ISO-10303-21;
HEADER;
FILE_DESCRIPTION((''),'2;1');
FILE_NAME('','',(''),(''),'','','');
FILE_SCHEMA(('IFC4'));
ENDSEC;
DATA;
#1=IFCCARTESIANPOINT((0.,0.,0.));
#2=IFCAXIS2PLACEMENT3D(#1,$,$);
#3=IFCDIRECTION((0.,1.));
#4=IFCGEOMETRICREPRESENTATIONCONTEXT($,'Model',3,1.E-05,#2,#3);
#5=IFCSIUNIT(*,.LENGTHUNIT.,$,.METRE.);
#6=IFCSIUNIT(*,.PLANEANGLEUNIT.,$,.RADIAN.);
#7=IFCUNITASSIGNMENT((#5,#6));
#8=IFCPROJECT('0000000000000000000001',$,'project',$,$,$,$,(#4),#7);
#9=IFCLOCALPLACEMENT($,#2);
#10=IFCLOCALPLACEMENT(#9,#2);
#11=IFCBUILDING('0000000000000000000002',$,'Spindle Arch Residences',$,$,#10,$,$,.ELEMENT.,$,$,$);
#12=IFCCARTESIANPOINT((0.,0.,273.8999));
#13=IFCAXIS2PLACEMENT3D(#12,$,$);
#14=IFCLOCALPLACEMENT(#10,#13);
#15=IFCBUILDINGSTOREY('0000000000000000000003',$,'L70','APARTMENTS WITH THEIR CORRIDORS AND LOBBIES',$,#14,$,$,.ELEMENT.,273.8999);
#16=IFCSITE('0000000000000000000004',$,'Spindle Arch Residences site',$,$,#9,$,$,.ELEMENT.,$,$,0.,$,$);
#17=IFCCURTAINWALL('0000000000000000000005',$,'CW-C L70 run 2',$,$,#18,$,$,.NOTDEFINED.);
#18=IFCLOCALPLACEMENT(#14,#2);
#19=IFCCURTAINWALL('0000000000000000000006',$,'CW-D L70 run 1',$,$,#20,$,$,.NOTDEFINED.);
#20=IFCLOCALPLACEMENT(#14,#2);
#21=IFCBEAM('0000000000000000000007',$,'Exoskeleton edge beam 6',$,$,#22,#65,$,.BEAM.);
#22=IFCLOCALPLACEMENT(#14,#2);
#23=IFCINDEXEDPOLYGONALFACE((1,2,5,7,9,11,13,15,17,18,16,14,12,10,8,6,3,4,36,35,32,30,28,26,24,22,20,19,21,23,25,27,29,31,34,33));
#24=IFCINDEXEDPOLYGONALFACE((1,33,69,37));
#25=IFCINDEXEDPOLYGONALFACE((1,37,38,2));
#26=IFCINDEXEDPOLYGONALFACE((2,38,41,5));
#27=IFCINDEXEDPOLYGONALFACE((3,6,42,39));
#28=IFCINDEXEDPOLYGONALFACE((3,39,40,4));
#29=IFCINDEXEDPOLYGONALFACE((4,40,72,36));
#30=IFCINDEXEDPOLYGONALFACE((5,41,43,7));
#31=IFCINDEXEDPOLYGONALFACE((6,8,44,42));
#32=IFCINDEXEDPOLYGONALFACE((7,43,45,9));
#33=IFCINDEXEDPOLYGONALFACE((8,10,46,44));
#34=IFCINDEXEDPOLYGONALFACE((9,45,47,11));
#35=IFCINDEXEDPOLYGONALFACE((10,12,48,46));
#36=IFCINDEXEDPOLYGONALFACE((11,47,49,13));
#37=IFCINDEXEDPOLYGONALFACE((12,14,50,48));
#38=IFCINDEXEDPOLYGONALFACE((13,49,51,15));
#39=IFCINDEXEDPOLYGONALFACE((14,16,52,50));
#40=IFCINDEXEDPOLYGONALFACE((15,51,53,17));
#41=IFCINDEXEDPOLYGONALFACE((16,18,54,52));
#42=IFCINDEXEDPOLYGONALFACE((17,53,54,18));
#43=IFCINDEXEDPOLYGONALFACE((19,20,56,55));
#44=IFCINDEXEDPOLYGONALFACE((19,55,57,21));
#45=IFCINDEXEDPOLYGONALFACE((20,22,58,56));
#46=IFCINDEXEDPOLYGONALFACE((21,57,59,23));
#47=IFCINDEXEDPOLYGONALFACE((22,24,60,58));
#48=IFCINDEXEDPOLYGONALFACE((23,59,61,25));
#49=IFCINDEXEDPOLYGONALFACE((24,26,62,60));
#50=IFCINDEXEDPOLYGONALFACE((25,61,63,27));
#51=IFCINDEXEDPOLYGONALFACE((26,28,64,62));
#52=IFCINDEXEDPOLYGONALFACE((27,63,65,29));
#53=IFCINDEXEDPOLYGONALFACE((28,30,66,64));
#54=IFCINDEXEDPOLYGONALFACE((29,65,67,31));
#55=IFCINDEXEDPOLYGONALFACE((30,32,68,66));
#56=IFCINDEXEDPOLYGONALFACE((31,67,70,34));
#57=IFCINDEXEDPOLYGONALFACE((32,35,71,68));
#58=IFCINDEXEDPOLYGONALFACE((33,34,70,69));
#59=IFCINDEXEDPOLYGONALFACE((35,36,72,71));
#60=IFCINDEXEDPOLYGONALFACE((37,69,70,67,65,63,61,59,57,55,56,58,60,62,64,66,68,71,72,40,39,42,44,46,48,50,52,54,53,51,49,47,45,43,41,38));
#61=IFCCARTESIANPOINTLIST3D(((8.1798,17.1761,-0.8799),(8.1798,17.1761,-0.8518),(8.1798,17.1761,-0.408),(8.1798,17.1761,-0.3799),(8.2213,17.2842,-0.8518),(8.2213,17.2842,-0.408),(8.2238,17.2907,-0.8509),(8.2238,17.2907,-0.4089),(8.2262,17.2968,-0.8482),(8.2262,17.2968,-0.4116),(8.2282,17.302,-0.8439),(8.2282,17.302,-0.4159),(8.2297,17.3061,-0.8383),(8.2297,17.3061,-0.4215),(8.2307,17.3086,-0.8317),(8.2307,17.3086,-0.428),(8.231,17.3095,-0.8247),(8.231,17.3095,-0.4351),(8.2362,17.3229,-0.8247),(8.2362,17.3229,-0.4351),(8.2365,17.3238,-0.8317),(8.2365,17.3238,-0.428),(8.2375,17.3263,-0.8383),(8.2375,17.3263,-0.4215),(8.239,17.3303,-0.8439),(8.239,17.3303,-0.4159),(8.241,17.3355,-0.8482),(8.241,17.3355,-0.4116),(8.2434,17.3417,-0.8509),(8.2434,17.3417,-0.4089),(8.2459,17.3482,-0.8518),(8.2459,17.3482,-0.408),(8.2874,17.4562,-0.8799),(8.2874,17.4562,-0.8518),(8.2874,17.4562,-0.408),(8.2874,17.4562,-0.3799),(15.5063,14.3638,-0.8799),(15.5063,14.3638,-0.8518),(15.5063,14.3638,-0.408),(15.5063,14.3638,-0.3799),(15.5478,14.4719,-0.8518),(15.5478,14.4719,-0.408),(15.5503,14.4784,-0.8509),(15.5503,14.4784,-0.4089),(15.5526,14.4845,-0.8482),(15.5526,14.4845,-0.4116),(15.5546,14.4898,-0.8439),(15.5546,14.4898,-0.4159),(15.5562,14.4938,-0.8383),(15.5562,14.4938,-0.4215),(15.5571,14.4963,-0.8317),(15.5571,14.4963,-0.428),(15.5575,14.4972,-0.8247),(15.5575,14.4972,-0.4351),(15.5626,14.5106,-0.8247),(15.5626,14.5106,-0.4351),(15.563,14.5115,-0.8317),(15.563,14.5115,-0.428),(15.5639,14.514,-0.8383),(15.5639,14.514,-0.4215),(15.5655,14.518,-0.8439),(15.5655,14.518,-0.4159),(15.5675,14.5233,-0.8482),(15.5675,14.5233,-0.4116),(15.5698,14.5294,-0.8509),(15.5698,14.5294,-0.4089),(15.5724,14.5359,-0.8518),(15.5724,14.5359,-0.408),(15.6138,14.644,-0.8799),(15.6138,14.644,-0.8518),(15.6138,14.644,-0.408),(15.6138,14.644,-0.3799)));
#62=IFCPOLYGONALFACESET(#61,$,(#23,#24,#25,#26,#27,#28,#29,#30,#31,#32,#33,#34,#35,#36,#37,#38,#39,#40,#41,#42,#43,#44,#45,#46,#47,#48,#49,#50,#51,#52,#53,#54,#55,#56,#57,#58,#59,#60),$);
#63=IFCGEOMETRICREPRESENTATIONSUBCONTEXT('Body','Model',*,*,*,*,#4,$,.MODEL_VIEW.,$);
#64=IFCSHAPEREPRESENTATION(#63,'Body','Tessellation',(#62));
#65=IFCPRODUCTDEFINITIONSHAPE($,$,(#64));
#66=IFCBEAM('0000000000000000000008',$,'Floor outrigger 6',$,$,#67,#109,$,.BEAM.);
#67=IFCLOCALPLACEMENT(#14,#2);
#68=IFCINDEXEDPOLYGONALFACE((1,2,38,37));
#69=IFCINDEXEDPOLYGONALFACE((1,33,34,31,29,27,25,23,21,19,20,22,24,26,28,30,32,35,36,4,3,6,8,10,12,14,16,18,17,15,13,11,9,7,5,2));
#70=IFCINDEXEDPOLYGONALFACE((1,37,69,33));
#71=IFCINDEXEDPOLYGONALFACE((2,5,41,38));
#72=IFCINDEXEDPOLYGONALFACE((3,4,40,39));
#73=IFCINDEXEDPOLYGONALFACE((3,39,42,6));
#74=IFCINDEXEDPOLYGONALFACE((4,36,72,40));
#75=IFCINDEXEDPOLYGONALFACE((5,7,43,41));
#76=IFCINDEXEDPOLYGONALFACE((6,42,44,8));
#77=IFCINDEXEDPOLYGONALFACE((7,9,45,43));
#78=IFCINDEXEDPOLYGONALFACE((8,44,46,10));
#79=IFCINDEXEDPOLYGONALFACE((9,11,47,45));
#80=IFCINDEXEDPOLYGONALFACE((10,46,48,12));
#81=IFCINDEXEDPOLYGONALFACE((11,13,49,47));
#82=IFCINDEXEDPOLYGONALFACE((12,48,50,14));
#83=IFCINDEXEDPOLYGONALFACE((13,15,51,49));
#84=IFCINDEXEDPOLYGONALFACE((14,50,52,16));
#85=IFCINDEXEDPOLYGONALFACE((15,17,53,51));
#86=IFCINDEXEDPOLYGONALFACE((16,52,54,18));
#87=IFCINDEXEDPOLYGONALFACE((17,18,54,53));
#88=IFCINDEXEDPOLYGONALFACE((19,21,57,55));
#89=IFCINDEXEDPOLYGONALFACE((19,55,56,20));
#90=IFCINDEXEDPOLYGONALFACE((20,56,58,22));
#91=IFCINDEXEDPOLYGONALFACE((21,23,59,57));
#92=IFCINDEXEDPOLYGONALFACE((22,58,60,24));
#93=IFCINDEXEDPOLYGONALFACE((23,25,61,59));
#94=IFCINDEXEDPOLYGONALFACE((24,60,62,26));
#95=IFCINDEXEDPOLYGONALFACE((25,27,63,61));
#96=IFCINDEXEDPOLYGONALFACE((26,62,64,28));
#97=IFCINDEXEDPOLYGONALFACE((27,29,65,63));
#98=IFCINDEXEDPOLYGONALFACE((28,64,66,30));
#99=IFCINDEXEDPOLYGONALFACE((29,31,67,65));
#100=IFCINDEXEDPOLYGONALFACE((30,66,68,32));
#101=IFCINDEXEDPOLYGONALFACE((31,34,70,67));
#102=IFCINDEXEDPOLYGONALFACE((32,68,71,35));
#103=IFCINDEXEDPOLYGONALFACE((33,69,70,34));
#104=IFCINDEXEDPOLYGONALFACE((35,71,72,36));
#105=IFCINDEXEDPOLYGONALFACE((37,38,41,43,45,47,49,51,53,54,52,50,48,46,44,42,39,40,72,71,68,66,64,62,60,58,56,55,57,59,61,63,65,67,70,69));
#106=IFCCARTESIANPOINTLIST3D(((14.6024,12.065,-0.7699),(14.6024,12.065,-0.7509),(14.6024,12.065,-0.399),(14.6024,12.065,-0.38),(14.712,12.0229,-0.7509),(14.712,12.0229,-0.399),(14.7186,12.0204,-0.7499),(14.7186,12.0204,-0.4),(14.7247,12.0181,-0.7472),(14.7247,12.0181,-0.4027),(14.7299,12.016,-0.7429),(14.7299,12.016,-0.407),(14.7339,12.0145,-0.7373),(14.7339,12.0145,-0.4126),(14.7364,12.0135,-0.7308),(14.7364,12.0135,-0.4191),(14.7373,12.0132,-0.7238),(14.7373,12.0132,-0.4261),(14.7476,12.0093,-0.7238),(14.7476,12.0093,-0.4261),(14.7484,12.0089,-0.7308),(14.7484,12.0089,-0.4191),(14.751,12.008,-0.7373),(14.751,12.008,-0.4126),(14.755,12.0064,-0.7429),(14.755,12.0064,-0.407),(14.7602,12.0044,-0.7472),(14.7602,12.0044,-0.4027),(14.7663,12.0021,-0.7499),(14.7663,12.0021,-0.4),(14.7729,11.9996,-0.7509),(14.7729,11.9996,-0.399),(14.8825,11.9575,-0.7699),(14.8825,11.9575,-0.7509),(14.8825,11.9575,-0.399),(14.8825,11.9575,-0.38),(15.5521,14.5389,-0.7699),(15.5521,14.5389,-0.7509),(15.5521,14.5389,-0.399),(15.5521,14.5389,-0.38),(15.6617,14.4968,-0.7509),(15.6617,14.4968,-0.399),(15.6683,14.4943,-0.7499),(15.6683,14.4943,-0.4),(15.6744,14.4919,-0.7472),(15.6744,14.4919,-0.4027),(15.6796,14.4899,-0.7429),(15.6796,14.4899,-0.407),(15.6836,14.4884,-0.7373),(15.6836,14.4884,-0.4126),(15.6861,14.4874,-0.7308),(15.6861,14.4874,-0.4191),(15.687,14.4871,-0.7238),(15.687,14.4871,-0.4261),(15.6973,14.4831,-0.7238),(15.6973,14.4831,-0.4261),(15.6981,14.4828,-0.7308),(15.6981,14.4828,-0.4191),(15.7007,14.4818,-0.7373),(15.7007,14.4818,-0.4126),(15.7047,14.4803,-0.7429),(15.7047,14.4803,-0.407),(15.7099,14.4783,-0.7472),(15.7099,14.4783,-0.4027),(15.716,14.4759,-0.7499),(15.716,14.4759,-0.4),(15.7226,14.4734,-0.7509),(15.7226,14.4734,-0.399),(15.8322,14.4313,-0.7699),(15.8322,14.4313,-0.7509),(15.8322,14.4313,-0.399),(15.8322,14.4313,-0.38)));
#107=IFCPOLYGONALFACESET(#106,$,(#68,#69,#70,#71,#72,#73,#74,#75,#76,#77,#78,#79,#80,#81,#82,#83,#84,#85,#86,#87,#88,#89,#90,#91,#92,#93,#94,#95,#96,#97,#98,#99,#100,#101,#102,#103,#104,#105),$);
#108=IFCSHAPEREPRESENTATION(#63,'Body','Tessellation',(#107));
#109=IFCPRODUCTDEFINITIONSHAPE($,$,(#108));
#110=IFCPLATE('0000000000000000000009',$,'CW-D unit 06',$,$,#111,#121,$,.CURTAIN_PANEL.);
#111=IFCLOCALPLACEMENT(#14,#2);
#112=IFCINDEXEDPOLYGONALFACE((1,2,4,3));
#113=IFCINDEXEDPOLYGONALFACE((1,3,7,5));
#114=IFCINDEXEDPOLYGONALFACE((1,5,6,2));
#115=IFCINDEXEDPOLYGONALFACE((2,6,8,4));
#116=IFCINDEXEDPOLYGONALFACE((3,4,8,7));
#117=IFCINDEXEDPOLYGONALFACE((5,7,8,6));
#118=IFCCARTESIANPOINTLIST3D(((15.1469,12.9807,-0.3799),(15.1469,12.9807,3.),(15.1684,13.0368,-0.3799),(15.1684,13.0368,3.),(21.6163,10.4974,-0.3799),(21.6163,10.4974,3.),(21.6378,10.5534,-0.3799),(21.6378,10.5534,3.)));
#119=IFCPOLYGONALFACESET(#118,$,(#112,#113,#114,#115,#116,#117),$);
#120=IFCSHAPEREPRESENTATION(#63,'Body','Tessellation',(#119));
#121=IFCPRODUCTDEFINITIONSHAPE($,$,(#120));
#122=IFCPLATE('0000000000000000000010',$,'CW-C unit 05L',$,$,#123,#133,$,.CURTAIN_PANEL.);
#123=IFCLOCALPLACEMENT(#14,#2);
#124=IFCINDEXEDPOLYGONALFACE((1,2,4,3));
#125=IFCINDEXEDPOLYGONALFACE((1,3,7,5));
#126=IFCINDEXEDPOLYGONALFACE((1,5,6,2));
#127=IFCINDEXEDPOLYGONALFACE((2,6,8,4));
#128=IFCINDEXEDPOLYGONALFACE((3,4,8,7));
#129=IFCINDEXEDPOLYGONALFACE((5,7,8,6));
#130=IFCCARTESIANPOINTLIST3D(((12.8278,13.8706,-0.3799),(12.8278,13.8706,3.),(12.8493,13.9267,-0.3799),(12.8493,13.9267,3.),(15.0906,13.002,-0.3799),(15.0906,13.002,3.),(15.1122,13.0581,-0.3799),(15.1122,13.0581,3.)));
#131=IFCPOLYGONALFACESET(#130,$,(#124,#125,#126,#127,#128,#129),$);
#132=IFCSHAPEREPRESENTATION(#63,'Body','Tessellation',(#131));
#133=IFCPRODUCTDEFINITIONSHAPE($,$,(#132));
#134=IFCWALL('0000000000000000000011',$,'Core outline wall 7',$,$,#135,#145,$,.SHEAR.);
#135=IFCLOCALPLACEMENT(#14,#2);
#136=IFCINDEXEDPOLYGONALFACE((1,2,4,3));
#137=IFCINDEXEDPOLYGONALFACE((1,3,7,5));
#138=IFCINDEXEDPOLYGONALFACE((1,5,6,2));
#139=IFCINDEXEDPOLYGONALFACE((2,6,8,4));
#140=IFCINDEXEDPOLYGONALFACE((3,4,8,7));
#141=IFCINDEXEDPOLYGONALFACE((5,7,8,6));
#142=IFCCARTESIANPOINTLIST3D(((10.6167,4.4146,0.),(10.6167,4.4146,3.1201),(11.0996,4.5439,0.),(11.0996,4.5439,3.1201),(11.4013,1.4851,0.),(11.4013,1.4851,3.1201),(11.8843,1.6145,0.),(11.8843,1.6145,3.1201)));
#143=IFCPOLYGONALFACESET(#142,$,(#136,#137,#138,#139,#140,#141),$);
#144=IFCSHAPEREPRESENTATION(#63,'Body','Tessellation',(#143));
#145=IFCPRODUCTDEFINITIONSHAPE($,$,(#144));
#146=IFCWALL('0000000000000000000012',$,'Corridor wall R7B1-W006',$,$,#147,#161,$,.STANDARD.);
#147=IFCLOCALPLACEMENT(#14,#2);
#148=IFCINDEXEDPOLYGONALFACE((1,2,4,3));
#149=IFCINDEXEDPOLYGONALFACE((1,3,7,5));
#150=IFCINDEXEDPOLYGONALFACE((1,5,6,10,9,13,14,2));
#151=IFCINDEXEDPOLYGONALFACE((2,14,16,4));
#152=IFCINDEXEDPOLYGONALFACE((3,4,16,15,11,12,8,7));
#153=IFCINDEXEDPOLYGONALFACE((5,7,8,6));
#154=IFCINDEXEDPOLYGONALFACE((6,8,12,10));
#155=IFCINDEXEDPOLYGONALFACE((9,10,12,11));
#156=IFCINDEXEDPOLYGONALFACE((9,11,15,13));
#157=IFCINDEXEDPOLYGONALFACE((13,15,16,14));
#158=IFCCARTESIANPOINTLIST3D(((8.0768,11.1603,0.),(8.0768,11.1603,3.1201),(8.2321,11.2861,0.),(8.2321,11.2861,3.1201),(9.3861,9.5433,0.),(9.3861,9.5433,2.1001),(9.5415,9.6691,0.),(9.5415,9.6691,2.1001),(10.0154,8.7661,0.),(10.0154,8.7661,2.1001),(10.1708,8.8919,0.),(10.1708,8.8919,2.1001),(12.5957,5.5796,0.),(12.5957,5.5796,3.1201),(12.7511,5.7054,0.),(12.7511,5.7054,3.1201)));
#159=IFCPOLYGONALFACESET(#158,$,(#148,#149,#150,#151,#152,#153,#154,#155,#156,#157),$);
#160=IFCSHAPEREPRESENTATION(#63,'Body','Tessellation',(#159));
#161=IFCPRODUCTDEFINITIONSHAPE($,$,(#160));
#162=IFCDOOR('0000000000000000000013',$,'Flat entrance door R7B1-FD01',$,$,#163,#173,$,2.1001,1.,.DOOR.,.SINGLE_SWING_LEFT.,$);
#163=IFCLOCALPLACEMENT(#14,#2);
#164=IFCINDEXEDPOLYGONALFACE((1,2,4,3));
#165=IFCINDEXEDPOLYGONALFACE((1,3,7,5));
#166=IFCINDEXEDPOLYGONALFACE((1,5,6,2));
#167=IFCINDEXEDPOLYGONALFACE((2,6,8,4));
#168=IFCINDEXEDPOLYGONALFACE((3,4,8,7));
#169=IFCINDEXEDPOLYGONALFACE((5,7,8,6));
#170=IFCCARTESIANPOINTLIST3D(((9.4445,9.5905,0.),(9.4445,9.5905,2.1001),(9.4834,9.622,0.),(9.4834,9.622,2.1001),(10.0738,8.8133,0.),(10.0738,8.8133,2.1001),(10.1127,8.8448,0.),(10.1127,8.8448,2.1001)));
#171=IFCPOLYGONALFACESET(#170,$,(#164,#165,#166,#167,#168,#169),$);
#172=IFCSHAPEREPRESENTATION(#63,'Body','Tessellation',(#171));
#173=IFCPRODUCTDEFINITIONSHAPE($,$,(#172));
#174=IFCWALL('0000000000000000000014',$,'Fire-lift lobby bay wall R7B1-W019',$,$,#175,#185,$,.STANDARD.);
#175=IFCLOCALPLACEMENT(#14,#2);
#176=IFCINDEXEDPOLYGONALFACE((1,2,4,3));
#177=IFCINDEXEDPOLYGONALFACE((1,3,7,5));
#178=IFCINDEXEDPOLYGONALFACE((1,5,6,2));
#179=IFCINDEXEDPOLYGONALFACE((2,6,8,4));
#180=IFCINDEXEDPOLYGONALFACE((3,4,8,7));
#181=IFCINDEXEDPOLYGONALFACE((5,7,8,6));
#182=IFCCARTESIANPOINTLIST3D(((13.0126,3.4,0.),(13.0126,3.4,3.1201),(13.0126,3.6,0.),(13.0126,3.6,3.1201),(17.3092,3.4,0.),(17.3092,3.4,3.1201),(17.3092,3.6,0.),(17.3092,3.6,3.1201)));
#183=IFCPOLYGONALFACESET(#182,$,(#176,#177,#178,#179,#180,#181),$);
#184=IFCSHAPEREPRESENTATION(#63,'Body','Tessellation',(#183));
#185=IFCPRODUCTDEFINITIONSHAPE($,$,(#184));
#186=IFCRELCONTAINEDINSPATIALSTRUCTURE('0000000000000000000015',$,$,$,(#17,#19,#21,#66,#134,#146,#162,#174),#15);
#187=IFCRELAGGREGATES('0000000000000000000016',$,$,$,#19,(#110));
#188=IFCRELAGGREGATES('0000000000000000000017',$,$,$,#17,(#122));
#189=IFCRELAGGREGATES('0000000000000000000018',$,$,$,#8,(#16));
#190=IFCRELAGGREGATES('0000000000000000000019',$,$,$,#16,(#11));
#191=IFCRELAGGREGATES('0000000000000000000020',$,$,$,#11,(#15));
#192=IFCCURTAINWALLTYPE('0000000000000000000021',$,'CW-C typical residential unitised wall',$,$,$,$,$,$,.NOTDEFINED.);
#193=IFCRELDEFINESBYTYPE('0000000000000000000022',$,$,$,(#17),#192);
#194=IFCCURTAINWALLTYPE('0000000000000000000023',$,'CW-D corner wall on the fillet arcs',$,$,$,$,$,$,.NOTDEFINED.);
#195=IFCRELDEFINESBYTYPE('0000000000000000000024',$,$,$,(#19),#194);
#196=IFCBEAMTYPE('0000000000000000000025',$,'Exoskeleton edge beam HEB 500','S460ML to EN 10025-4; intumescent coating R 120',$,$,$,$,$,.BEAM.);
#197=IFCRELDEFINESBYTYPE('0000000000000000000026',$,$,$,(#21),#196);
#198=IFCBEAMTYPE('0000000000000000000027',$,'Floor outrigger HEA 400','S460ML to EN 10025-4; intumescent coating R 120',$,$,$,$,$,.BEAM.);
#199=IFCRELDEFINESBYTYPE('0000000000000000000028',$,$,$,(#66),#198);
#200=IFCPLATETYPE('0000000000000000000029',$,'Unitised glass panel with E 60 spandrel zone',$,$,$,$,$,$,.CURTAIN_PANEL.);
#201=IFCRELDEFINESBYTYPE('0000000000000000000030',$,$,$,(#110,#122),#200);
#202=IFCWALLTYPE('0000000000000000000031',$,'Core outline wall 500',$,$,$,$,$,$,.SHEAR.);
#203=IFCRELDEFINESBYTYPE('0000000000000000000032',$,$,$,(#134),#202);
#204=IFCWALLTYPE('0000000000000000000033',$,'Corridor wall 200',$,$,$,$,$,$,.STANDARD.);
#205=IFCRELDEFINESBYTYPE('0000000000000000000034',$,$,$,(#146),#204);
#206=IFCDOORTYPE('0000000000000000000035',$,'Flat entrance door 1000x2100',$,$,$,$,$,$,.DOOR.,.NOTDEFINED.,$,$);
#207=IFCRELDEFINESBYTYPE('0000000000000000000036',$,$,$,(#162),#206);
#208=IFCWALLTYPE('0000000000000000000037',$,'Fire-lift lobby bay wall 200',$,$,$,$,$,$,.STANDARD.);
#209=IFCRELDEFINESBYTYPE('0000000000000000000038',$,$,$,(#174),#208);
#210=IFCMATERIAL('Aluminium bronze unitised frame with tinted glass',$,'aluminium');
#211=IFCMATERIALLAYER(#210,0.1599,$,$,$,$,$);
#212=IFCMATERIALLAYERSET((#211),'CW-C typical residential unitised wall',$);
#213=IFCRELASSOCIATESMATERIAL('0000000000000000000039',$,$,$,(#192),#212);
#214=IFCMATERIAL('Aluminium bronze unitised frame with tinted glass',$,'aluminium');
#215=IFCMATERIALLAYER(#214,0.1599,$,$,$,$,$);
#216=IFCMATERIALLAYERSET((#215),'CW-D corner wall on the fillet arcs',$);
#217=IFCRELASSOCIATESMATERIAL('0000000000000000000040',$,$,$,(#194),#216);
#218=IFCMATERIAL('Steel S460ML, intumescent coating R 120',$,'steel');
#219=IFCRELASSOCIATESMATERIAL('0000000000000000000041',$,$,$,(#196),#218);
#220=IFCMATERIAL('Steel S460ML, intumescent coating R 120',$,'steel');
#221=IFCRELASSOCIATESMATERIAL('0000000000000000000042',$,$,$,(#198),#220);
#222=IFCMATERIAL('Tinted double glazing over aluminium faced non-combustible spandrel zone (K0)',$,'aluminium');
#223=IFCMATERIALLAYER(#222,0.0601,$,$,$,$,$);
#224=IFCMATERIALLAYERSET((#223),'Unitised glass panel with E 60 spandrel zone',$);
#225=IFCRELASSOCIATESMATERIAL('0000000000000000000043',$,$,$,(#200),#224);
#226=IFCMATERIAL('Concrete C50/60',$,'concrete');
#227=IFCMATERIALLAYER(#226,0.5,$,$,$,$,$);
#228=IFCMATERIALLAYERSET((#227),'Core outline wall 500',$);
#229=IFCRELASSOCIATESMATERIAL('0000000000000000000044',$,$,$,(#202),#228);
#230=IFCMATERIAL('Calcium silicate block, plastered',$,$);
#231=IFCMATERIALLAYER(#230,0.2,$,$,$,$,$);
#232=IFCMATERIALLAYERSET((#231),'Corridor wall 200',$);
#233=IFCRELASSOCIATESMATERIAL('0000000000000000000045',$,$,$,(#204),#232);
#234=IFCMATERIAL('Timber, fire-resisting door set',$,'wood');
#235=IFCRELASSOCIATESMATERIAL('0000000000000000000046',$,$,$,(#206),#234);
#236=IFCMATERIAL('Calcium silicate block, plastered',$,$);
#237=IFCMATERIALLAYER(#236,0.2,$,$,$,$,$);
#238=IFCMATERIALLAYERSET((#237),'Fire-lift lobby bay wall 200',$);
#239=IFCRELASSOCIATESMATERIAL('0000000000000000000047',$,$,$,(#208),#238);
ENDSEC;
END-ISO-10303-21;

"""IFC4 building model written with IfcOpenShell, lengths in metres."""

from ifc_helpers import new_model, si_unit, direction, frame, frame_2d, origin, origin_2d, place, context, subcontext, project, spatial, rectangle, i_section, extrude, material, layer, layer_set, material_profile, profile_set, type_object, element, fill, aggregate, save


model = new_model("IFC4")

# Units and contexts
model_context = context("Model", 3, precision=1e-05, world=origin(), true_north=direction((0.0, 1.0)))
body_context = subcontext(model_context, "Body", "Model", "MODEL_VIEW")
ifc_project = project(units=[si_unit("LENGTHUNIT", "METRE"), si_unit("PLANEANGLEUNIT", "RADIAN")], contexts=[model_context])

# Site, building, storey
site_placement = place(None, origin())
site = spatial("IfcSite", under=ifc_project, at=site_placement, Name="Spindle Arch Residences site", CompositionType="ELEMENT", RefElevation=0.0)
building_placement = place(site_placement, origin())
building = spatial("IfcBuilding", under=site, at=building_placement, Name="Spindle Arch Residences", CompositionType="ELEMENT")
storey_placement = place(building_placement, frame((0.0, 0.0, 273.8999)))
storey = spatial("IfcBuildingStorey", under=building, at=storey_placement, Name="L70", Description="APARTMENTS WITH THEIR CORRIDORS AND LOBBIES", CompositionType="ELEMENT", Elevation=273.8999)

# Curtain walls
ifc_material_1 = material(Name="Aluminium bronze unitised frame with tinted glass", Category="aluminium")
ifc_layer_1 = layer(ifc_material_1, 0.1599)
ifc_layer_set_1 = layer_set([ifc_layer_1], Name="CW-C typical residential unitised wall")
curtain_wall_type_1 = type_object("IfcCurtainWallType", Name="CW-C typical residential unitised wall", PredefinedType="NOTDEFINED", material=ifc_layer_set_1)
curtain_wall_1_placement = place(storey_placement, origin())
curtain_wall_1 = element("IfcCurtainWall", 1, at=curtain_wall_1_placement, inside=storey, type_object=curtain_wall_type_1, Name="CW-C L70 run 2", PredefinedType="NOTDEFINED")
ifc_material_2 = material(Name="Aluminium bronze unitised frame with tinted glass", Category="aluminium")
ifc_layer_2 = layer(ifc_material_2, 0.1599)
ifc_layer_set_2 = layer_set([ifc_layer_2], Name="CW-D corner wall on the fillet arcs")
curtain_wall_type_2 = type_object("IfcCurtainWallType", Name="CW-D corner wall on the fillet arcs", PredefinedType="NOTDEFINED", material=ifc_layer_set_2)
curtain_wall_2_placement = place(storey_placement, origin())
curtain_wall_2 = element("IfcCurtainWall", 2, at=curtain_wall_2_placement, inside=storey, type_object=curtain_wall_type_2, Name="CW-D L70 run 1", PredefinedType="NOTDEFINED")

# Beams
ifc_material_3 = material(Name="Steel S460ML, intumescent coating R 120", Category="steel")
ifc_material_profile_1 = material_profile(ifc_material_3, i_section(OverallWidth=0.3, OverallDepth=0.5, WebThickness=0.0144, FlangeThickness=0.0281, FilletRadius=0.0271, at=origin_2d()), Name="HEB 500")
ifc_profile_set_1 = profile_set([ifc_material_profile_1], Name="Steel S460ML, intumescent coating R 120")
beam_type_1 = type_object("IfcBeamType", Name="Exoskeleton edge beam HEB 500", Description="S460ML to EN 10025-4; intumescent coating R 120", PredefinedType="BEAM", material=ifc_profile_set_1)
beam_1_placement = place(storey_placement, frame((15.5601, 14.5039, -0.6299), z_axis=(-0.933584, 0.358358, 0.0), x_axis=(-0.358358, -0.933584, 0.0)))
element("IfcBeam", 3, at=beam_1_placement, inside=storey, type_object=beam_type_1, Name="Exoskeleton edge beam 6", PredefinedType="BEAM", context=body_context, shape_type="SweptSolid", body=[
    extrude(i_section(OverallWidth=0.3, OverallDepth=0.5, WebThickness=0.0144, FlangeThickness=0.0281, FilletRadius=0.0271, at=origin_2d()), origin(), (0.0, 0.0, 1.0), 7.8477),
])
ifc_material_4 = material(Name="Steel S460ML, intumescent coating R 120", Category="steel")
ifc_material_profile_2 = material_profile(ifc_material_4, i_section(OverallWidth=0.3, OverallDepth=0.3899, WebThickness=0.011, FlangeThickness=0.019, FilletRadius=0.0271, at=origin_2d()), Name="HEA 400")
ifc_profile_set_2 = profile_set([ifc_material_profile_2], Name="Steel S460ML, intumescent coating R 120")
beam_type_2 = type_object("IfcBeamType", Name="Floor outrigger HEA 400", Description="S460ML to EN 10025-4; intumescent coating R 120", PredefinedType="BEAM", material=ifc_profile_set_2)
beam_2_placement = place(storey_placement, frame((15.6921, 14.4851, -0.575), z_axis=(-0.358392, -0.933571, 0.0), x_axis=(0.933571, -0.358392, 0.0)))
element("IfcBeam", 4, at=beam_2_placement, inside=storey, type_object=beam_type_2, Name="Floor outrigger 6", PredefinedType="BEAM", context=body_context, shape_type="SweptSolid", body=[
    extrude(i_section(OverallWidth=0.3, OverallDepth=0.3899, WebThickness=0.011, FlangeThickness=0.019, FilletRadius=0.0271, at=origin_2d()), origin(), (0.0, 0.0, 1.0), 2.6499),
])

# Plates
ifc_material_5 = material(Name="Tinted double glazing over aluminium faced non-combustible spandrel zone (K0)", Category="aluminium")
ifc_layer_3 = layer(ifc_material_5, 0.0601)
ifc_layer_set_3 = layer_set([ifc_layer_3], Name="Unitised glass panel with E 60 spandrel zone")
plate_type = type_object("IfcPlateType", Name="Unitised glass panel with E 60 spandrel zone", PredefinedType="CURTAIN_PANEL", material=ifc_layer_set_3)
plate_1_placement = place(storey_placement, frame((18.3923, 11.7671, -0.3799), z_axis=(0.0, 0.0, 1.0), x_axis=(-0.93358, 0.358368, 0.0)))
plate_1 = element("IfcPlate", 5, at=plate_1_placement, type_object=plate_type, Name="CW-D unit 06", PredefinedType="CURTAIN_PANEL", context=body_context, shape_type="SweptSolid", body=[
    extrude(rectangle(XDim=6.9297, YDim=0.0601, at=origin_2d()), origin(), (0.0, 0.0, 1.0), 3.3799),
])
aggregate(curtain_wall_2, [plate_1])
plate_2_placement = place(storey_placement, frame((13.97, 13.4644, -0.3799), z_axis=(0.0, 0.0, 1.0), x_axis=(-0.93358, 0.358368, 0.0)))
plate_2 = element("IfcPlate", 6, at=plate_2_placement, type_object=plate_type, Name="CW-C unit 05L", PredefinedType="CURTAIN_PANEL", context=body_context, shape_type="SweptSolid", body=[
    extrude(rectangle(XDim=2.4238, YDim=0.0601, at=origin_2d()), origin(), (0.0, 0.0, 1.0), 3.3799),
])
aggregate(curtain_wall_1, [plate_2])

# Wall
ifc_material_6 = material(Name="Concrete C50/60", Category="concrete")
ifc_layer_4 = layer(ifc_material_6, 0.5)
ifc_layer_set_4 = layer_set([ifc_layer_4], Name="Core outline wall 500")
wall_type_1 = type_object("IfcWallType", Name="Core outline wall 500", PredefinedType="SHEAR", material=ifc_layer_set_4)
wall_1_placement = place(storey_placement, frame((11.6428, 1.5498, 0.0), z_axis=(0.0, 0.0, 1.0), x_axis=(-0.258735, 0.965948, 0.0)))
element("IfcWall", 7, at=wall_1_placement, inside=storey, type_object=wall_type_1, Name="Core outline wall 7", PredefinedType="SHEAR", context=body_context, shape_type="SweptSolid", body=[
    extrude(rectangle(XDim=3.0327, YDim=0.5, at=frame_2d((1.5164, 0.0))), origin(), (0.0, 0.0, 1.0), 3.1201),
])

# Wall, opening, door
ifc_material_7 = material(Name="Calcium silicate block, plastered")
ifc_layer_5 = layer(ifc_material_7, 0.2)
ifc_layer_set_5 = layer_set([ifc_layer_5], Name="Corridor wall 200")
wall_type_2 = type_object("IfcWallType", Name="Corridor wall 200", PredefinedType="STANDARD", material=ifc_layer_set_5)
wall_2_placement = place(storey_placement, frame((12.6733, 5.6426, 0.0), z_axis=(0.0, 0.0, 1.0), x_axis=(-0.629303, 0.77716, 0.0)))
wall_2 = element("IfcWall", 8, at=wall_2_placement, inside=storey, type_object=wall_type_2, Name="Corridor wall R7B1-W006", PredefinedType="STANDARD", context=body_context, shape_type="SweptSolid", body=[
    extrude(rectangle(XDim=7.1809, YDim=0.2, at=frame_2d((3.5903, 0.0))), origin(), (0.0, 0.0, 1.0), 3.1201),
])
opening_1_placement = place(wall_2_placement, frame((4.1001, 0.0, 0.0)))
opening_1 = element("IfcOpeningElement", 9, at=opening_1_placement, cuts=wall_2, PredefinedType="OPENING", context=body_context, shape_type="SweptSolid", body=[
    extrude(rectangle(XDim=1.0, YDim=2.1001, at=frame_2d((0.5, 1.05))), frame((0.0, 0.1099, 0.0), z_axis=(0.0, -1.0, 0.0), x_axis=(1.0, 0.0, 0.0)), (0.0, 0.0, 1.0), 0.22),
])
ifc_material_8 = material(Name="Timber, fire-resisting door set", Category="wood")
door_type_1 = type_object("IfcDoorType", Name="Flat entrance door 1000x2100", OperationType="NOTDEFINED", PredefinedType="DOOR", material=ifc_material_8)
door_1_placement = place(opening_1_placement, origin())
door_1 = element("IfcDoor", 10, at=door_1_placement, inside=storey, type_object=door_type_1, Name="Flat entrance door R7B1-FD01", OperationType="SINGLE_SWING_LEFT", OverallHeight=2.1001, OverallWidth=1.0, PredefinedType="DOOR", context=body_context, shape_type="SweptSolid", body=[
    extrude(rectangle(XDim=1.0, YDim=2.1001, at=frame_2d((0.5, 1.05))), frame((0.0, 0.0249, 0.0), z_axis=(0.0, -1.0, 0.0), x_axis=(1.0, 0.0, 0.0)), (0.0, 0.0, 1.0), 0.05),
])
fill(opening_1, door_1)

# Wall
ifc_material_9 = material(Name="Calcium silicate block, plastered")
ifc_layer_6 = layer(ifc_material_9, 0.2)
ifc_layer_set_6 = layer_set([ifc_layer_6], Name="Fire-lift lobby bay wall 200")
wall_type_3 = type_object("IfcWallType", Name="Fire-lift lobby bay wall 200", PredefinedType="STANDARD", material=ifc_layer_set_6)
wall_3_placement = place(storey_placement, frame((17.3093, 3.5, 0.0), z_axis=(0.0, 0.0, 1.0), x_axis=(-1.0, 0.0, 0.0)))
element("IfcWall", 11, at=wall_3_placement, inside=storey, type_object=wall_type_3, Name="Fire-lift lobby bay wall R7B1-W019", PredefinedType="STANDARD", context=body_context, shape_type="SweptSolid", body=[
    extrude(rectangle(XDim=4.2966, YDim=0.2, at=frame_2d((2.1484, 0.0))), origin(), (0.0, 0.0, 1.0), 3.1201),
])

save(model, "model.ifc")
